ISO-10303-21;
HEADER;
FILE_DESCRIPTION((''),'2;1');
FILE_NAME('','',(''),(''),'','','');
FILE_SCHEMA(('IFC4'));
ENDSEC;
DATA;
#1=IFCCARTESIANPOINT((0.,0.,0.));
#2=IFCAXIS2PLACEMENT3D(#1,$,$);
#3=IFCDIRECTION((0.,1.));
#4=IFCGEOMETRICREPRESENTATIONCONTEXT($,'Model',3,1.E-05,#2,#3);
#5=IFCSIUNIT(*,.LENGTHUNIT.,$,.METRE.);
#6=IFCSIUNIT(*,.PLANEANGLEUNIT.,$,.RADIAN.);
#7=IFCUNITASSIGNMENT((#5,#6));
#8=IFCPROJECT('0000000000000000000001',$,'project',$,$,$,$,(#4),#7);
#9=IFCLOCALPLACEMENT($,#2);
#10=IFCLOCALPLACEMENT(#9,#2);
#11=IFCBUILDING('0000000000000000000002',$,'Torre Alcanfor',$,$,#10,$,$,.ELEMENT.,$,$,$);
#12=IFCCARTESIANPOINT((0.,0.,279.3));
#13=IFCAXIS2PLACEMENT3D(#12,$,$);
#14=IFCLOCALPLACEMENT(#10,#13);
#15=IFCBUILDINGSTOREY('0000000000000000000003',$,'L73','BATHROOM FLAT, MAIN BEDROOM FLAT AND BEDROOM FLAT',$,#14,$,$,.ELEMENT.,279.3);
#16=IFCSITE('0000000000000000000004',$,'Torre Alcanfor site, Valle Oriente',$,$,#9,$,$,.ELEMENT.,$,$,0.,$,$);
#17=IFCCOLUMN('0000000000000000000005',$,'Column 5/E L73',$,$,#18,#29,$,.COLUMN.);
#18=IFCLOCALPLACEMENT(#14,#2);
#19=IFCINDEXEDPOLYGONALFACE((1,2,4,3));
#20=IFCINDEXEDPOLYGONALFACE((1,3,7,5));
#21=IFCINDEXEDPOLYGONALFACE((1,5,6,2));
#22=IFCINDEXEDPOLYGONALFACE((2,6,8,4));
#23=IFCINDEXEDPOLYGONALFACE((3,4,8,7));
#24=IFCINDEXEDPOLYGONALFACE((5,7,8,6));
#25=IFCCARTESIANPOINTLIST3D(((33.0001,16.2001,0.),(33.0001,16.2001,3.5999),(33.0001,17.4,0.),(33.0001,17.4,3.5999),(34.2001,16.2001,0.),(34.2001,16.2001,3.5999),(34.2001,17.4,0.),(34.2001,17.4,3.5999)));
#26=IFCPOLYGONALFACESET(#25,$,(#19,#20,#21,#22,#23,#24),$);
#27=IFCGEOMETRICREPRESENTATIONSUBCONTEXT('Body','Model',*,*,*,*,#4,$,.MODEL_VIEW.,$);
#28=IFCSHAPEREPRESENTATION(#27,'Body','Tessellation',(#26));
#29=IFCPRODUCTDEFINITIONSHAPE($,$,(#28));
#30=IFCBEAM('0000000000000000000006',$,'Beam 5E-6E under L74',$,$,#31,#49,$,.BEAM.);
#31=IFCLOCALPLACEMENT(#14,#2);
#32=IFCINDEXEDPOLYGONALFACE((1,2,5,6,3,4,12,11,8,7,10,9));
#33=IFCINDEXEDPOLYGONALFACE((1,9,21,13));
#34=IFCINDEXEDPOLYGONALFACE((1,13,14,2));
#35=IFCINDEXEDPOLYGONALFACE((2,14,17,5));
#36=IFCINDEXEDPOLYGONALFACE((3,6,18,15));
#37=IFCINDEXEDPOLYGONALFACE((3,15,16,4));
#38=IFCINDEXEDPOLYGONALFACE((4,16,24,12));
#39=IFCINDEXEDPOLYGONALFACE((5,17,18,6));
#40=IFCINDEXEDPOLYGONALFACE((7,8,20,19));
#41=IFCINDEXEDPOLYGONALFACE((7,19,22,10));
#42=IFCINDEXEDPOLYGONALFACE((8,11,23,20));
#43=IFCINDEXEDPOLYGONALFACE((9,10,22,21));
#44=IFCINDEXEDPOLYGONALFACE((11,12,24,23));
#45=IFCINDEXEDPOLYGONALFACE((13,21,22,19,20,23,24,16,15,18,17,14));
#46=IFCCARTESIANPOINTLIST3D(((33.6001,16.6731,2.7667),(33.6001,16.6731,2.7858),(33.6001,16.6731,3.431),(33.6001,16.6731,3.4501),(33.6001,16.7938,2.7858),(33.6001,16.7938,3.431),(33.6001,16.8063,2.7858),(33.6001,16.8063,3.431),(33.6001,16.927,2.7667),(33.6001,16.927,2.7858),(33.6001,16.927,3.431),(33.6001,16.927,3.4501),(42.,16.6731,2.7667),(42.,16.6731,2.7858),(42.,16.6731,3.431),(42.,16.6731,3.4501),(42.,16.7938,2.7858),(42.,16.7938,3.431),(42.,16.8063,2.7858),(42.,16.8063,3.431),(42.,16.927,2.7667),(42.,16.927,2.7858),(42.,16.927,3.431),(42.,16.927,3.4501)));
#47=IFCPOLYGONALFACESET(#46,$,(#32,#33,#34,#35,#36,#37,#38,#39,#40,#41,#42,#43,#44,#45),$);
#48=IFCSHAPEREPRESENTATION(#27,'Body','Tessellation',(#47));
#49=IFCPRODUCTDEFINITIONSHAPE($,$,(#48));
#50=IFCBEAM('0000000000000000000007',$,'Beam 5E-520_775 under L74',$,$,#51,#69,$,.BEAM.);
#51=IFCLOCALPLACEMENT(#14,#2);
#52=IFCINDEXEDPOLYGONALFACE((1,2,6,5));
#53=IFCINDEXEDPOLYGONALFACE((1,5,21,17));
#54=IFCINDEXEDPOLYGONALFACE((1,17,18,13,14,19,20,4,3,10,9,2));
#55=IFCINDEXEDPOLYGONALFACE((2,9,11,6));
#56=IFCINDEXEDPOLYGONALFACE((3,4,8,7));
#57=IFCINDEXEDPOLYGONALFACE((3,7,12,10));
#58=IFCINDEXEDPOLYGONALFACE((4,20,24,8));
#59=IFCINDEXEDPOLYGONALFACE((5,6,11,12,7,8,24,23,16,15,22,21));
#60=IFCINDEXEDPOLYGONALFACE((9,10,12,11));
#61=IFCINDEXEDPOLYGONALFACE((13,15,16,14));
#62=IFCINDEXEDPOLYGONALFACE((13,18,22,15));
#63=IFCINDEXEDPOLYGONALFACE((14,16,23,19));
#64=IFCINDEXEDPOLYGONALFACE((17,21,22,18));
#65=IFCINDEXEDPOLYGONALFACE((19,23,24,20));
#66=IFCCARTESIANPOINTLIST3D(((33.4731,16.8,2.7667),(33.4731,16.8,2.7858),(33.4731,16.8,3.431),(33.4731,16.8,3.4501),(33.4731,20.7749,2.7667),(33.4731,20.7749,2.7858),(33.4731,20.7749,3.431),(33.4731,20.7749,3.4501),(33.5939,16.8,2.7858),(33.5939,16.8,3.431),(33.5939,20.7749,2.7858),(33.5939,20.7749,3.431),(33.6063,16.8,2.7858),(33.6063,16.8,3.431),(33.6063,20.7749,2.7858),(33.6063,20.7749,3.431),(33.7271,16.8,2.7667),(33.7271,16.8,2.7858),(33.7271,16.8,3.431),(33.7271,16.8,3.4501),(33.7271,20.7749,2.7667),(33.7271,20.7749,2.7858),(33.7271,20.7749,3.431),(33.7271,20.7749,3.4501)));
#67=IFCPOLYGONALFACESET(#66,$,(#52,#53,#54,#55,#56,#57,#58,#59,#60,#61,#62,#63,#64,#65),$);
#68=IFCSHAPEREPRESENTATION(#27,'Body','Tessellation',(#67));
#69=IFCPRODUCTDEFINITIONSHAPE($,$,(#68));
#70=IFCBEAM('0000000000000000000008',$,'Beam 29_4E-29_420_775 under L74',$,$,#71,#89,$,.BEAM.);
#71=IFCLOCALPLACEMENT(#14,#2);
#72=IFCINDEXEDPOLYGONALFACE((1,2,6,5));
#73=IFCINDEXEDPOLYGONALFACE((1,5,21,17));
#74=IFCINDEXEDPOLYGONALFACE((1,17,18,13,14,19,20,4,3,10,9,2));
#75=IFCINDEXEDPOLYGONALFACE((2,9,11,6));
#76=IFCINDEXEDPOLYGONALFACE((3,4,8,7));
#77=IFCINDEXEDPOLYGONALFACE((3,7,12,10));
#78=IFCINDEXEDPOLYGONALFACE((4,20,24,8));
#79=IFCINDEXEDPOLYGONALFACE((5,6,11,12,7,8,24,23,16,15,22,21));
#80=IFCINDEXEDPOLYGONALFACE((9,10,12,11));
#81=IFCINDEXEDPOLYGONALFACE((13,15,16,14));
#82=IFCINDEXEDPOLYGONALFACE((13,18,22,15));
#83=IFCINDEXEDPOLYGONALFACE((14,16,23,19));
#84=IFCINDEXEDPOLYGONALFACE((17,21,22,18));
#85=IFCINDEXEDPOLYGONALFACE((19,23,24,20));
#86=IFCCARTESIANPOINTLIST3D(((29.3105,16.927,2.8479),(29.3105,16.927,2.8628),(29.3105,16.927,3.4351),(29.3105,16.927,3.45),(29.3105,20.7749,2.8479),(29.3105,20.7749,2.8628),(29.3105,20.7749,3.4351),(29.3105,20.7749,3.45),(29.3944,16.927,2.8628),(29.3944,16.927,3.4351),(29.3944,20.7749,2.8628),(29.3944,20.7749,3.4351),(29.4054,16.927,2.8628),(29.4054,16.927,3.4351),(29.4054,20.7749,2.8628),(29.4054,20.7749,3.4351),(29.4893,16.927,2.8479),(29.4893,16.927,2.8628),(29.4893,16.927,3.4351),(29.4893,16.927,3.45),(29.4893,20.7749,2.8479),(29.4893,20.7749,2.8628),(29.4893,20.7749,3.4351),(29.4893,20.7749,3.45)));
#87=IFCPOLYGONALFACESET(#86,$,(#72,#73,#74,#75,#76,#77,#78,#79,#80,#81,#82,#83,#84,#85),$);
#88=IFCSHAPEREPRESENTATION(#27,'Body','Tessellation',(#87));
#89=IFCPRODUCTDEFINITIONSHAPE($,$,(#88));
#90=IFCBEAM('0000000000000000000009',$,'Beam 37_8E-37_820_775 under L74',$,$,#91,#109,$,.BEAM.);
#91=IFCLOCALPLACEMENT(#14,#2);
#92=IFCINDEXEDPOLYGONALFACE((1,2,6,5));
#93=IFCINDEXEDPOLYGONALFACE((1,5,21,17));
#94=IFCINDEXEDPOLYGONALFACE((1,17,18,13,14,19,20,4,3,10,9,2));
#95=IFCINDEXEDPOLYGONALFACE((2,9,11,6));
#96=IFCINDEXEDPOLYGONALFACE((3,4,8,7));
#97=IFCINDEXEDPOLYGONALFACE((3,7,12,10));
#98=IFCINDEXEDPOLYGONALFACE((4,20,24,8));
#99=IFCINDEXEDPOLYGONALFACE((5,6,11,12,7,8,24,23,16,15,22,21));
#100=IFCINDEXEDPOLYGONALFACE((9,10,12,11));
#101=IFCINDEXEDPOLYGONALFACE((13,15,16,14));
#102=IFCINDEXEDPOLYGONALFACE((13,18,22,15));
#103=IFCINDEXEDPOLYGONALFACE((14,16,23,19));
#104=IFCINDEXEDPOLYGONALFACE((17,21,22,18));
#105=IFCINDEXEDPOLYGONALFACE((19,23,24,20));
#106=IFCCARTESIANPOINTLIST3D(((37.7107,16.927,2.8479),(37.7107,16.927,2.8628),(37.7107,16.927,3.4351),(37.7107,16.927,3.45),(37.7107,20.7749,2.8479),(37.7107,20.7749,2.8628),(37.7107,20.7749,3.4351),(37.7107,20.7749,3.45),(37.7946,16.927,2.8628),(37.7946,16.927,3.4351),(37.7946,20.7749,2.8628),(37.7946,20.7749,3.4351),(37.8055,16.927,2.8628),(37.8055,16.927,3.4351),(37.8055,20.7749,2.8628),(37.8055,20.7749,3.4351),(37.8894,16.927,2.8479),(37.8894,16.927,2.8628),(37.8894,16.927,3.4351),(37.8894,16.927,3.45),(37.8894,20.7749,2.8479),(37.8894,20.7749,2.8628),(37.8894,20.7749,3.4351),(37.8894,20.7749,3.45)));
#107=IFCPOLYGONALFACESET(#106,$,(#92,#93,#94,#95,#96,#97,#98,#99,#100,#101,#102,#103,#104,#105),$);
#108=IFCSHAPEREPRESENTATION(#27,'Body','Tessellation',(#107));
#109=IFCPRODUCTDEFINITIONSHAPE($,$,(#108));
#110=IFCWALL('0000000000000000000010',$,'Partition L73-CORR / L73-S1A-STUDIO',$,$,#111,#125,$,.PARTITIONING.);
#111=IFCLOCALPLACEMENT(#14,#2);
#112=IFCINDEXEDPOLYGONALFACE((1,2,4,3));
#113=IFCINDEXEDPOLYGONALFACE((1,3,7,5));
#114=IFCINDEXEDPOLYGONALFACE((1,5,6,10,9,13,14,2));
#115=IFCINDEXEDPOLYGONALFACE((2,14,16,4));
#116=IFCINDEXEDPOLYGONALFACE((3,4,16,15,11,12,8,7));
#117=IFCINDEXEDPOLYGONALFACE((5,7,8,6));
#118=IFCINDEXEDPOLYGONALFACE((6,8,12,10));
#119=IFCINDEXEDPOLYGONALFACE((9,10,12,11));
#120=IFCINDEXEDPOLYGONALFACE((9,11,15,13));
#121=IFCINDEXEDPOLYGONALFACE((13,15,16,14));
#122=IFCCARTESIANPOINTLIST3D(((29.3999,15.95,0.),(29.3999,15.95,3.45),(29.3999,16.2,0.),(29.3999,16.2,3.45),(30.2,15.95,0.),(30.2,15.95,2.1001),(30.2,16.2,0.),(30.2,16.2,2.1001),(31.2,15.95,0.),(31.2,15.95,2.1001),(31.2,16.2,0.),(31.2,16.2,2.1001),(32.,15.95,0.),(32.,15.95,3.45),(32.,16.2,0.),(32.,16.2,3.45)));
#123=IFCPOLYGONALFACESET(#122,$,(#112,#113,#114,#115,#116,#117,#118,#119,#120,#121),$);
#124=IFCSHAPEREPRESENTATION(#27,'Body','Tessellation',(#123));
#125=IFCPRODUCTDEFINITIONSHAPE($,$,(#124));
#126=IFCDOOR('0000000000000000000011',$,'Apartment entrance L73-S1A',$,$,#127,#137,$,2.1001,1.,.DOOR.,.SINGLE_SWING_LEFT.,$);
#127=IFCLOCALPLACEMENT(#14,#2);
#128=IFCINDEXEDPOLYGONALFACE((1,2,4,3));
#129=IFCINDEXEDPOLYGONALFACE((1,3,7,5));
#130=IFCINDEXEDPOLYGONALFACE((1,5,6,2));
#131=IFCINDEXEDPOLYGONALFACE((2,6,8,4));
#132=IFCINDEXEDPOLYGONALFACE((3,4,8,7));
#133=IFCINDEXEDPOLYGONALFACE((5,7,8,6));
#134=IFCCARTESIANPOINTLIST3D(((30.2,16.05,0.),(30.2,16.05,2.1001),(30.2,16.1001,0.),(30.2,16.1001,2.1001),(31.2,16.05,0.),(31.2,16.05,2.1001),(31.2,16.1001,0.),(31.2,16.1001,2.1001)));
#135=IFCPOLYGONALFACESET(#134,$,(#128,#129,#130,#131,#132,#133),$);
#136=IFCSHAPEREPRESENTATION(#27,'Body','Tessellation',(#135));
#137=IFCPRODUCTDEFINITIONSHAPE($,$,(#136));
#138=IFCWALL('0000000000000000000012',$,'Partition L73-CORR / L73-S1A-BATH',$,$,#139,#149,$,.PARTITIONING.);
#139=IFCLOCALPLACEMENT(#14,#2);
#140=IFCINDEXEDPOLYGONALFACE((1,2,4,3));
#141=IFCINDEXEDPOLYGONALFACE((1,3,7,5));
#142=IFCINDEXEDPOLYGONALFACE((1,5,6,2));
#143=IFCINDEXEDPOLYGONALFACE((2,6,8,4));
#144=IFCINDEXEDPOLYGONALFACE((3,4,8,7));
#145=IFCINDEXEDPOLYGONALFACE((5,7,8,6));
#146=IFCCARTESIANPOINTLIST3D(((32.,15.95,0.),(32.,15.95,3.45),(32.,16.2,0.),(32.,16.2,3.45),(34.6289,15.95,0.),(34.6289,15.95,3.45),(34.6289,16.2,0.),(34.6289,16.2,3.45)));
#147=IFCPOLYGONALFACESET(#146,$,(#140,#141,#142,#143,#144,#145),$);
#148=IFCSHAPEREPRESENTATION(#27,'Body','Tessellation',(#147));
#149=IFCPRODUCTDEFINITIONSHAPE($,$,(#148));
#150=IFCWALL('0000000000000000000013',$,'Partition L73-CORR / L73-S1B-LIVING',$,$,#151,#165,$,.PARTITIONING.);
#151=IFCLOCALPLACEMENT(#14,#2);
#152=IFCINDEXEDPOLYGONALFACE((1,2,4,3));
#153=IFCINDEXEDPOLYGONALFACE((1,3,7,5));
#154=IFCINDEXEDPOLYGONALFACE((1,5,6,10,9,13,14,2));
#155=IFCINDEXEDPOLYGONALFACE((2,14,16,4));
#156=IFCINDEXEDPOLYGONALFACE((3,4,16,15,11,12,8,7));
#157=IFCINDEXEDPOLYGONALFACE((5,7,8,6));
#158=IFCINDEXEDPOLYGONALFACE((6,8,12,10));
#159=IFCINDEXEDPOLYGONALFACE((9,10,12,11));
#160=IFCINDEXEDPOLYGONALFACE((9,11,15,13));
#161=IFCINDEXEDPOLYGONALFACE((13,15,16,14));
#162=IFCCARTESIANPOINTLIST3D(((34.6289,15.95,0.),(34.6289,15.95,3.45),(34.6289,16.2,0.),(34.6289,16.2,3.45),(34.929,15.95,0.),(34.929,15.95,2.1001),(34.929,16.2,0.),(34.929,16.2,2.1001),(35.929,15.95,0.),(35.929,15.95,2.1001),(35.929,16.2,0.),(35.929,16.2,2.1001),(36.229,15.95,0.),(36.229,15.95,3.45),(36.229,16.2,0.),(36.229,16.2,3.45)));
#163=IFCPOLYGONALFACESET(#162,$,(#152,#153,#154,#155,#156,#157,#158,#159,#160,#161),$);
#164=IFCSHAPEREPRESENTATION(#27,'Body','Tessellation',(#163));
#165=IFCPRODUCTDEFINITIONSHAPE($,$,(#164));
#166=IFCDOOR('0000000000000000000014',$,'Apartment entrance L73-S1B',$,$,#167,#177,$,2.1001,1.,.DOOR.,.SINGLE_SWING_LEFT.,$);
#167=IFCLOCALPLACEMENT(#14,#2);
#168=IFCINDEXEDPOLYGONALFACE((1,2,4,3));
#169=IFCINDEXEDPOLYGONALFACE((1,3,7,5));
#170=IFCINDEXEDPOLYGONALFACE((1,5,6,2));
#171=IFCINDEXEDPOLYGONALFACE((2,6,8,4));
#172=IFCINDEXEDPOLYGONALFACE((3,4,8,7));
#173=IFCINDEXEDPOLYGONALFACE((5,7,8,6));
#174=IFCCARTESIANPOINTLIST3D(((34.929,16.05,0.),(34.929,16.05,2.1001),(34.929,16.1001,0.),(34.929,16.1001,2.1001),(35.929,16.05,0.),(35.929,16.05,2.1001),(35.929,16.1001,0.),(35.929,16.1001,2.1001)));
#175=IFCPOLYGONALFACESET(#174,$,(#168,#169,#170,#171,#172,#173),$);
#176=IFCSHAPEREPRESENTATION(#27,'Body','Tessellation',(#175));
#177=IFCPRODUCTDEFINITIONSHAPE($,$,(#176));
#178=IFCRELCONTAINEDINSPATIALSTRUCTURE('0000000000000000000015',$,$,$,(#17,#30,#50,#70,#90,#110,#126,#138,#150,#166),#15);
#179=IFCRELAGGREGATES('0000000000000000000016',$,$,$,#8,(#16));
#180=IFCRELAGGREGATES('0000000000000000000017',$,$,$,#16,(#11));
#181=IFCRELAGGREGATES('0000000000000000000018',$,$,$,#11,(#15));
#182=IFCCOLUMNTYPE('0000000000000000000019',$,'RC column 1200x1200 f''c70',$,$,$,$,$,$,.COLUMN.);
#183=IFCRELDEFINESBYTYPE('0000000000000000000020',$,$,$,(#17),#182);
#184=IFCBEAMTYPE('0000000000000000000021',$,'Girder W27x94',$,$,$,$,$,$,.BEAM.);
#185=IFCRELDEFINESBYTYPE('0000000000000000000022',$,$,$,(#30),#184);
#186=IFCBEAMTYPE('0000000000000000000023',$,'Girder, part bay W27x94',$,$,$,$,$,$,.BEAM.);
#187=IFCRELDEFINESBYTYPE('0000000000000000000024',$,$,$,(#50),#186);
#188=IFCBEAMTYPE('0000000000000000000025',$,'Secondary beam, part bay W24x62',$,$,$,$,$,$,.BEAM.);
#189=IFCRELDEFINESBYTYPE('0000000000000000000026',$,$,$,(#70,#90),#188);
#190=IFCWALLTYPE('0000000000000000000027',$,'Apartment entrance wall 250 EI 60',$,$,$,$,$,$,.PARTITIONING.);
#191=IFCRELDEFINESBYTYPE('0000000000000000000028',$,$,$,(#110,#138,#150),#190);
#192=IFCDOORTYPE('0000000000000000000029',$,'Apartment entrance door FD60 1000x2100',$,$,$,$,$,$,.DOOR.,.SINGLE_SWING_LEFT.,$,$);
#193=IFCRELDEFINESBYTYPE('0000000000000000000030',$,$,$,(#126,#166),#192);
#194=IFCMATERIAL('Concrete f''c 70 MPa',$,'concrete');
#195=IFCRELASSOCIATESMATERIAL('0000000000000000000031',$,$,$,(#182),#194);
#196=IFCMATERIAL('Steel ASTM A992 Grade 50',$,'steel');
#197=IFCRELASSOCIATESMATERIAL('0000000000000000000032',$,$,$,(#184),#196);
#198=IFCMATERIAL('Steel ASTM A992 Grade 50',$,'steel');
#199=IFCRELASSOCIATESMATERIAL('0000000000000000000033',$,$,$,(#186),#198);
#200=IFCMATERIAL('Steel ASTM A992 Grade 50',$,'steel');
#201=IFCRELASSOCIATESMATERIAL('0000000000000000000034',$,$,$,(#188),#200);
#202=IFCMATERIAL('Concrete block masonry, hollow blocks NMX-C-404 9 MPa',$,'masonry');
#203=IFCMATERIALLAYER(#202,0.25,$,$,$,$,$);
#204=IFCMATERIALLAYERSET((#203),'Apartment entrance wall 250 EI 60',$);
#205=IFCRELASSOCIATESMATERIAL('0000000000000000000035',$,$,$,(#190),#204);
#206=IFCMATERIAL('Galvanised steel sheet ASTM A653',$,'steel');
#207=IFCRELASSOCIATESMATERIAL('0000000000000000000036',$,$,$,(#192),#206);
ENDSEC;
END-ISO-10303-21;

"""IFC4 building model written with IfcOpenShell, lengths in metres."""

from ifc_helpers import new_model, si_unit, direction, frame, frame_2d, origin, origin_2d, place, context, subcontext, project, spatial, rectangle, i_section, extrude, material, layer, layer_set, material_profile, profile_set, type_object, element, fill, save


model = new_model("IFC4")

# Units and contexts
model_context = context("Model", 3, precision=1e-05, world=origin(), true_north=direction((0.0, 1.0)))
body_context = subcontext(model_context, "Body", "Model", "MODEL_VIEW")
ifc_project = project(units=[si_unit("LENGTHUNIT", "METRE"), si_unit("PLANEANGLEUNIT", "RADIAN")], contexts=[model_context])

# Site, building, storey
site_placement = place(None, origin())
site = spatial("IfcSite", under=ifc_project, at=site_placement, Name="Torre Alcanfor site, Valle Oriente", CompositionType="ELEMENT", RefElevation=0.0)
building_placement = place(site_placement, origin())
building = spatial("IfcBuilding", under=site, at=building_placement, Name="Torre Alcanfor", CompositionType="ELEMENT")
storey_placement = place(building_placement, frame((0.0, 0.0, 279.3)))
storey = spatial("IfcBuildingStorey", under=building, at=storey_placement, Name="L73", Description="BATHROOM FLAT, MAIN BEDROOM FLAT AND BEDROOM FLAT", CompositionType="ELEMENT", Elevation=279.3)

# Column
ifc_material_1 = material(Name="Concrete f'c 70 MPa", Category="concrete")
ifc_material_profile_1 = material_profile(ifc_material_1, rectangle(XDim=1.2, YDim=1.2, at=origin_2d()), Name="1200x1200")
ifc_profile_set_1 = profile_set([ifc_material_profile_1], Name="Concrete f'c 70 MPa")
column_type = type_object("IfcColumnType", Name="RC column 1200x1200 f'c70", PredefinedType="COLUMN", material=ifc_profile_set_1)
column_placement = place(storey_placement, frame((33.6001, 16.8, 0.0), z_axis=(0.0, 0.0, 1.0), x_axis=(1.0, 0.0, 0.0)))
element("IfcColumn", 1, at=column_placement, inside=storey, type_object=column_type, Name="Column 5/E L73", PredefinedType="COLUMN", context=body_context, shape_type="SweptSolid", body=[
    extrude(rectangle(XDim=1.2, YDim=1.2, at=origin_2d()), origin(), (0.0, 0.0, 1.0), 3.5999),
])

# Beams
ifc_material_2 = material(Name="Steel ASTM A992 Grade 50", Category="steel")
ifc_material_profile_2 = material_profile(ifc_material_2, i_section(OverallWidth=0.2539, OverallDepth=0.6833, WebThickness=0.0125, FlangeThickness=0.019, at=origin_2d()), Name="W27x94")
ifc_profile_set_2 = profile_set([ifc_material_profile_2], Name="Steel ASTM A992 Grade 50")
beam_type_1 = type_object("IfcBeamType", Name="Girder W27x94", PredefinedType="BEAM", material=ifc_profile_set_2)
beam_1_placement = place(storey_placement, frame((33.6001, 16.8, 3.1084), z_axis=(1.0, 0.0, 0.0), x_axis=(0.0, 1.0, 0.0)))
element("IfcBeam", 2, at=beam_1_placement, inside=storey, type_object=beam_type_1, Name="Beam 5E-6E under L74", PredefinedType="BEAM", context=body_context, shape_type="SweptSolid", body=[
    extrude(i_section(OverallWidth=0.2539, OverallDepth=0.6833, WebThickness=0.0125, FlangeThickness=0.019, at=origin_2d()), origin(), (0.0, 0.0, 1.0), 8.3999),
])
ifc_material_3 = material(Name="Steel ASTM A992 Grade 50", Category="steel")
ifc_material_profile_3 = material_profile(ifc_material_3, i_section(OverallWidth=0.2539, OverallDepth=0.6833, WebThickness=0.0125, FlangeThickness=0.019, at=origin_2d()), Name="W27x94")
ifc_profile_set_3 = profile_set([ifc_material_profile_3], Name="Steel ASTM A992 Grade 50")
beam_type_2 = type_object("IfcBeamType", Name="Girder, part bay W27x94", PredefinedType="BEAM", material=ifc_profile_set_3)
beam_2_placement = place(storey_placement, frame((33.6001, 16.8, 3.1084), z_axis=(0.0, 1.0, 0.0), x_axis=(-1.0, 0.0, 0.0)))
element("IfcBeam", 3, at=beam_2_placement, inside=storey, type_object=beam_type_2, Name="Beam 5E-520_775 under L74", PredefinedType="BEAM", context=body_context, shape_type="SweptSolid", body=[
    extrude(i_section(OverallWidth=0.2539, OverallDepth=0.6833, WebThickness=0.0125, FlangeThickness=0.019, at=origin_2d()), origin(), (0.0, 0.0, 1.0), 3.9749),
])
ifc_material_4 = material(Name="Steel ASTM A992 Grade 50", Category="steel")
ifc_material_profile_4 = material_profile(ifc_material_4, i_section(OverallWidth=0.1787, OverallDepth=0.6021, WebThickness=0.011, FlangeThickness=0.0149, at=origin_2d()), Name="W24x62")
ifc_profile_set_4 = profile_set([ifc_material_profile_4], Name="Steel ASTM A992 Grade 50")
beam_type_3 = type_object("IfcBeamType", Name="Secondary beam, part bay W24x62", PredefinedType="BEAM", material=ifc_profile_set_4)
for number, where, z_axis, x_axis, name in (
    (4, (29.3999, 16.927, 3.1489), (0.0, 1.0, 0.0), (-1.0, 0.0, 0.0), "Beam 29_4E-29_420_775 under L74"),
    (5, (37.8, 16.927, 3.1489), (0.0, 1.0, 0.0), (-1.0, 0.0, 0.0), "Beam 37_8E-37_820_775 under L74"),
):
    element("IfcBeam", number, at=place(storey_placement, frame(where, z_axis=z_axis, x_axis=x_axis)), inside=storey, type_object=beam_type_3, Name=name, PredefinedType="BEAM", context=body_context, shape_type="SweptSolid", body=[
        extrude(i_section(OverallWidth=0.1787, OverallDepth=0.6021, WebThickness=0.011, FlangeThickness=0.0149, at=origin_2d()), origin(), (0.0, 0.0, 1.0), 3.8479),
    ])

# Wall, opening, door
ifc_material_5 = material(Name="Concrete block masonry, hollow blocks NMX-C-404 9 MPa", Category="masonry")
ifc_layer_1 = layer(ifc_material_5, 0.25)
ifc_layer_set_1 = layer_set([ifc_layer_1], Name="Apartment entrance wall 250 EI 60")
wall_type_1 = type_object("IfcWallType", Name="Apartment entrance wall 250 EI 60", PredefinedType="PARTITIONING", material=ifc_layer_set_1)
wall_1_placement = place(storey_placement, frame((32.0, 16.075, 0.0), z_axis=(0.0, 0.0, 1.0), x_axis=(-1.0, 0.0, 0.0)))
wall_1 = element("IfcWall", 6, at=wall_1_placement, inside=storey, type_object=wall_type_1, Name="Partition L73-CORR / L73-S1A-STUDIO", PredefinedType="PARTITIONING", context=body_context, shape_type="SweptSolid", body=[
    extrude(rectangle(XDim=2.6001, YDim=0.25, at=frame_2d((1.3, 0.0))), origin(), (0.0, 0.0, 1.0), 3.45),
])
opening_1_placement = place(wall_1_placement, frame((0.8, 0.0, 0.0)))
opening_1 = element("IfcOpeningElement", 7, at=opening_1_placement, cuts=wall_1, PredefinedType="OPENING", context=body_context, shape_type="SweptSolid", body=[
    extrude(rectangle(XDim=1.0, YDim=2.1001, at=frame_2d((0.5, 1.05))), frame((0.0, 0.135, 0.0), z_axis=(0.0, -1.0, 0.0), x_axis=(1.0, 0.0, 0.0)), (0.0, 0.0, 1.0), 0.27),
])
ifc_material_6 = material(Name="Galvanised steel sheet ASTM A653", Category="steel")
door_type_1 = type_object("IfcDoorType", Name="Apartment entrance door FD60 1000x2100", OperationType="SINGLE_SWING_LEFT", PredefinedType="DOOR", material=ifc_material_6)
door_1_placement = place(opening_1_placement, origin())
door_1 = element("IfcDoor", 8, at=door_1_placement, inside=storey, type_object=door_type_1, Name="Apartment entrance L73-S1A", OperationType="SINGLE_SWING_LEFT", OverallHeight=2.1001, OverallWidth=1.0, PredefinedType="DOOR", context=body_context, shape_type="SweptSolid", body=[
    extrude(rectangle(XDim=1.0, YDim=2.1001, at=frame_2d((0.5, 1.05))), frame((0.0, 0.0249, 0.0), z_axis=(0.0, -1.0, 0.0), x_axis=(1.0, 0.0, 0.0)), (0.0, 0.0, 1.0), 0.05),
])
fill(opening_1, door_1)

# Wall
wall_2_placement = place(storey_placement, frame((34.6289, 16.075, 0.0), z_axis=(0.0, 0.0, 1.0), x_axis=(-1.0, 0.0, 0.0)))
element("IfcWall", 9, at=wall_2_placement, inside=storey, type_object=wall_type_1, Name="Partition L73-CORR / L73-S1A-BATH", PredefinedType="PARTITIONING", context=body_context, shape_type="SweptSolid", body=[
    extrude(rectangle(XDim=2.6289, YDim=0.25, at=frame_2d((1.3145, 0.0))), origin(), (0.0, 0.0, 1.0), 3.45),
])

# Wall, opening, door
wall_3_placement = place(storey_placement, frame((36.229, 16.075, 0.0), z_axis=(0.0, 0.0, 1.0), x_axis=(-1.0, 0.0, 0.0)))
wall_3 = element("IfcWall", 10, at=wall_3_placement, inside=storey, type_object=wall_type_1, Name="Partition L73-CORR / L73-S1B-LIVING", PredefinedType="PARTITIONING", context=body_context, shape_type="SweptSolid", body=[
    extrude(rectangle(XDim=1.6001, YDim=0.25, at=frame_2d((0.8, 0.0))), origin(), (0.0, 0.0, 1.0), 3.45),
])
opening_2_placement = place(wall_3_placement, frame((0.3, 0.0, 0.0)))
opening_2 = element("IfcOpeningElement", 11, at=opening_2_placement, cuts=wall_3, PredefinedType="OPENING", context=body_context, shape_type="SweptSolid", body=[
    extrude(rectangle(XDim=1.0, YDim=2.1001, at=frame_2d((0.5, 1.05))), frame((0.0, 0.135, 0.0), z_axis=(0.0, -1.0, 0.0), x_axis=(1.0, 0.0, 0.0)), (0.0, 0.0, 1.0), 0.27),
])
door_2_placement = place(opening_2_placement, origin())
door_2 = element("IfcDoor", 12, at=door_2_placement, inside=storey, type_object=door_type_1, Name="Apartment entrance L73-S1B", OperationType="SINGLE_SWING_LEFT", OverallHeight=2.1001, OverallWidth=1.0, PredefinedType="DOOR", context=body_context, shape_type="SweptSolid", body=[
    extrude(rectangle(XDim=1.0, YDim=2.1001, at=frame_2d((0.5, 1.05))), frame((0.0, 0.0249, 0.0), z_axis=(0.0, -1.0, 0.0), x_axis=(1.0, 0.0, 0.0)), (0.0, 0.0, 1.0), 0.05),
])
fill(opening_2, door_2)

save(model, "model.ifc")
